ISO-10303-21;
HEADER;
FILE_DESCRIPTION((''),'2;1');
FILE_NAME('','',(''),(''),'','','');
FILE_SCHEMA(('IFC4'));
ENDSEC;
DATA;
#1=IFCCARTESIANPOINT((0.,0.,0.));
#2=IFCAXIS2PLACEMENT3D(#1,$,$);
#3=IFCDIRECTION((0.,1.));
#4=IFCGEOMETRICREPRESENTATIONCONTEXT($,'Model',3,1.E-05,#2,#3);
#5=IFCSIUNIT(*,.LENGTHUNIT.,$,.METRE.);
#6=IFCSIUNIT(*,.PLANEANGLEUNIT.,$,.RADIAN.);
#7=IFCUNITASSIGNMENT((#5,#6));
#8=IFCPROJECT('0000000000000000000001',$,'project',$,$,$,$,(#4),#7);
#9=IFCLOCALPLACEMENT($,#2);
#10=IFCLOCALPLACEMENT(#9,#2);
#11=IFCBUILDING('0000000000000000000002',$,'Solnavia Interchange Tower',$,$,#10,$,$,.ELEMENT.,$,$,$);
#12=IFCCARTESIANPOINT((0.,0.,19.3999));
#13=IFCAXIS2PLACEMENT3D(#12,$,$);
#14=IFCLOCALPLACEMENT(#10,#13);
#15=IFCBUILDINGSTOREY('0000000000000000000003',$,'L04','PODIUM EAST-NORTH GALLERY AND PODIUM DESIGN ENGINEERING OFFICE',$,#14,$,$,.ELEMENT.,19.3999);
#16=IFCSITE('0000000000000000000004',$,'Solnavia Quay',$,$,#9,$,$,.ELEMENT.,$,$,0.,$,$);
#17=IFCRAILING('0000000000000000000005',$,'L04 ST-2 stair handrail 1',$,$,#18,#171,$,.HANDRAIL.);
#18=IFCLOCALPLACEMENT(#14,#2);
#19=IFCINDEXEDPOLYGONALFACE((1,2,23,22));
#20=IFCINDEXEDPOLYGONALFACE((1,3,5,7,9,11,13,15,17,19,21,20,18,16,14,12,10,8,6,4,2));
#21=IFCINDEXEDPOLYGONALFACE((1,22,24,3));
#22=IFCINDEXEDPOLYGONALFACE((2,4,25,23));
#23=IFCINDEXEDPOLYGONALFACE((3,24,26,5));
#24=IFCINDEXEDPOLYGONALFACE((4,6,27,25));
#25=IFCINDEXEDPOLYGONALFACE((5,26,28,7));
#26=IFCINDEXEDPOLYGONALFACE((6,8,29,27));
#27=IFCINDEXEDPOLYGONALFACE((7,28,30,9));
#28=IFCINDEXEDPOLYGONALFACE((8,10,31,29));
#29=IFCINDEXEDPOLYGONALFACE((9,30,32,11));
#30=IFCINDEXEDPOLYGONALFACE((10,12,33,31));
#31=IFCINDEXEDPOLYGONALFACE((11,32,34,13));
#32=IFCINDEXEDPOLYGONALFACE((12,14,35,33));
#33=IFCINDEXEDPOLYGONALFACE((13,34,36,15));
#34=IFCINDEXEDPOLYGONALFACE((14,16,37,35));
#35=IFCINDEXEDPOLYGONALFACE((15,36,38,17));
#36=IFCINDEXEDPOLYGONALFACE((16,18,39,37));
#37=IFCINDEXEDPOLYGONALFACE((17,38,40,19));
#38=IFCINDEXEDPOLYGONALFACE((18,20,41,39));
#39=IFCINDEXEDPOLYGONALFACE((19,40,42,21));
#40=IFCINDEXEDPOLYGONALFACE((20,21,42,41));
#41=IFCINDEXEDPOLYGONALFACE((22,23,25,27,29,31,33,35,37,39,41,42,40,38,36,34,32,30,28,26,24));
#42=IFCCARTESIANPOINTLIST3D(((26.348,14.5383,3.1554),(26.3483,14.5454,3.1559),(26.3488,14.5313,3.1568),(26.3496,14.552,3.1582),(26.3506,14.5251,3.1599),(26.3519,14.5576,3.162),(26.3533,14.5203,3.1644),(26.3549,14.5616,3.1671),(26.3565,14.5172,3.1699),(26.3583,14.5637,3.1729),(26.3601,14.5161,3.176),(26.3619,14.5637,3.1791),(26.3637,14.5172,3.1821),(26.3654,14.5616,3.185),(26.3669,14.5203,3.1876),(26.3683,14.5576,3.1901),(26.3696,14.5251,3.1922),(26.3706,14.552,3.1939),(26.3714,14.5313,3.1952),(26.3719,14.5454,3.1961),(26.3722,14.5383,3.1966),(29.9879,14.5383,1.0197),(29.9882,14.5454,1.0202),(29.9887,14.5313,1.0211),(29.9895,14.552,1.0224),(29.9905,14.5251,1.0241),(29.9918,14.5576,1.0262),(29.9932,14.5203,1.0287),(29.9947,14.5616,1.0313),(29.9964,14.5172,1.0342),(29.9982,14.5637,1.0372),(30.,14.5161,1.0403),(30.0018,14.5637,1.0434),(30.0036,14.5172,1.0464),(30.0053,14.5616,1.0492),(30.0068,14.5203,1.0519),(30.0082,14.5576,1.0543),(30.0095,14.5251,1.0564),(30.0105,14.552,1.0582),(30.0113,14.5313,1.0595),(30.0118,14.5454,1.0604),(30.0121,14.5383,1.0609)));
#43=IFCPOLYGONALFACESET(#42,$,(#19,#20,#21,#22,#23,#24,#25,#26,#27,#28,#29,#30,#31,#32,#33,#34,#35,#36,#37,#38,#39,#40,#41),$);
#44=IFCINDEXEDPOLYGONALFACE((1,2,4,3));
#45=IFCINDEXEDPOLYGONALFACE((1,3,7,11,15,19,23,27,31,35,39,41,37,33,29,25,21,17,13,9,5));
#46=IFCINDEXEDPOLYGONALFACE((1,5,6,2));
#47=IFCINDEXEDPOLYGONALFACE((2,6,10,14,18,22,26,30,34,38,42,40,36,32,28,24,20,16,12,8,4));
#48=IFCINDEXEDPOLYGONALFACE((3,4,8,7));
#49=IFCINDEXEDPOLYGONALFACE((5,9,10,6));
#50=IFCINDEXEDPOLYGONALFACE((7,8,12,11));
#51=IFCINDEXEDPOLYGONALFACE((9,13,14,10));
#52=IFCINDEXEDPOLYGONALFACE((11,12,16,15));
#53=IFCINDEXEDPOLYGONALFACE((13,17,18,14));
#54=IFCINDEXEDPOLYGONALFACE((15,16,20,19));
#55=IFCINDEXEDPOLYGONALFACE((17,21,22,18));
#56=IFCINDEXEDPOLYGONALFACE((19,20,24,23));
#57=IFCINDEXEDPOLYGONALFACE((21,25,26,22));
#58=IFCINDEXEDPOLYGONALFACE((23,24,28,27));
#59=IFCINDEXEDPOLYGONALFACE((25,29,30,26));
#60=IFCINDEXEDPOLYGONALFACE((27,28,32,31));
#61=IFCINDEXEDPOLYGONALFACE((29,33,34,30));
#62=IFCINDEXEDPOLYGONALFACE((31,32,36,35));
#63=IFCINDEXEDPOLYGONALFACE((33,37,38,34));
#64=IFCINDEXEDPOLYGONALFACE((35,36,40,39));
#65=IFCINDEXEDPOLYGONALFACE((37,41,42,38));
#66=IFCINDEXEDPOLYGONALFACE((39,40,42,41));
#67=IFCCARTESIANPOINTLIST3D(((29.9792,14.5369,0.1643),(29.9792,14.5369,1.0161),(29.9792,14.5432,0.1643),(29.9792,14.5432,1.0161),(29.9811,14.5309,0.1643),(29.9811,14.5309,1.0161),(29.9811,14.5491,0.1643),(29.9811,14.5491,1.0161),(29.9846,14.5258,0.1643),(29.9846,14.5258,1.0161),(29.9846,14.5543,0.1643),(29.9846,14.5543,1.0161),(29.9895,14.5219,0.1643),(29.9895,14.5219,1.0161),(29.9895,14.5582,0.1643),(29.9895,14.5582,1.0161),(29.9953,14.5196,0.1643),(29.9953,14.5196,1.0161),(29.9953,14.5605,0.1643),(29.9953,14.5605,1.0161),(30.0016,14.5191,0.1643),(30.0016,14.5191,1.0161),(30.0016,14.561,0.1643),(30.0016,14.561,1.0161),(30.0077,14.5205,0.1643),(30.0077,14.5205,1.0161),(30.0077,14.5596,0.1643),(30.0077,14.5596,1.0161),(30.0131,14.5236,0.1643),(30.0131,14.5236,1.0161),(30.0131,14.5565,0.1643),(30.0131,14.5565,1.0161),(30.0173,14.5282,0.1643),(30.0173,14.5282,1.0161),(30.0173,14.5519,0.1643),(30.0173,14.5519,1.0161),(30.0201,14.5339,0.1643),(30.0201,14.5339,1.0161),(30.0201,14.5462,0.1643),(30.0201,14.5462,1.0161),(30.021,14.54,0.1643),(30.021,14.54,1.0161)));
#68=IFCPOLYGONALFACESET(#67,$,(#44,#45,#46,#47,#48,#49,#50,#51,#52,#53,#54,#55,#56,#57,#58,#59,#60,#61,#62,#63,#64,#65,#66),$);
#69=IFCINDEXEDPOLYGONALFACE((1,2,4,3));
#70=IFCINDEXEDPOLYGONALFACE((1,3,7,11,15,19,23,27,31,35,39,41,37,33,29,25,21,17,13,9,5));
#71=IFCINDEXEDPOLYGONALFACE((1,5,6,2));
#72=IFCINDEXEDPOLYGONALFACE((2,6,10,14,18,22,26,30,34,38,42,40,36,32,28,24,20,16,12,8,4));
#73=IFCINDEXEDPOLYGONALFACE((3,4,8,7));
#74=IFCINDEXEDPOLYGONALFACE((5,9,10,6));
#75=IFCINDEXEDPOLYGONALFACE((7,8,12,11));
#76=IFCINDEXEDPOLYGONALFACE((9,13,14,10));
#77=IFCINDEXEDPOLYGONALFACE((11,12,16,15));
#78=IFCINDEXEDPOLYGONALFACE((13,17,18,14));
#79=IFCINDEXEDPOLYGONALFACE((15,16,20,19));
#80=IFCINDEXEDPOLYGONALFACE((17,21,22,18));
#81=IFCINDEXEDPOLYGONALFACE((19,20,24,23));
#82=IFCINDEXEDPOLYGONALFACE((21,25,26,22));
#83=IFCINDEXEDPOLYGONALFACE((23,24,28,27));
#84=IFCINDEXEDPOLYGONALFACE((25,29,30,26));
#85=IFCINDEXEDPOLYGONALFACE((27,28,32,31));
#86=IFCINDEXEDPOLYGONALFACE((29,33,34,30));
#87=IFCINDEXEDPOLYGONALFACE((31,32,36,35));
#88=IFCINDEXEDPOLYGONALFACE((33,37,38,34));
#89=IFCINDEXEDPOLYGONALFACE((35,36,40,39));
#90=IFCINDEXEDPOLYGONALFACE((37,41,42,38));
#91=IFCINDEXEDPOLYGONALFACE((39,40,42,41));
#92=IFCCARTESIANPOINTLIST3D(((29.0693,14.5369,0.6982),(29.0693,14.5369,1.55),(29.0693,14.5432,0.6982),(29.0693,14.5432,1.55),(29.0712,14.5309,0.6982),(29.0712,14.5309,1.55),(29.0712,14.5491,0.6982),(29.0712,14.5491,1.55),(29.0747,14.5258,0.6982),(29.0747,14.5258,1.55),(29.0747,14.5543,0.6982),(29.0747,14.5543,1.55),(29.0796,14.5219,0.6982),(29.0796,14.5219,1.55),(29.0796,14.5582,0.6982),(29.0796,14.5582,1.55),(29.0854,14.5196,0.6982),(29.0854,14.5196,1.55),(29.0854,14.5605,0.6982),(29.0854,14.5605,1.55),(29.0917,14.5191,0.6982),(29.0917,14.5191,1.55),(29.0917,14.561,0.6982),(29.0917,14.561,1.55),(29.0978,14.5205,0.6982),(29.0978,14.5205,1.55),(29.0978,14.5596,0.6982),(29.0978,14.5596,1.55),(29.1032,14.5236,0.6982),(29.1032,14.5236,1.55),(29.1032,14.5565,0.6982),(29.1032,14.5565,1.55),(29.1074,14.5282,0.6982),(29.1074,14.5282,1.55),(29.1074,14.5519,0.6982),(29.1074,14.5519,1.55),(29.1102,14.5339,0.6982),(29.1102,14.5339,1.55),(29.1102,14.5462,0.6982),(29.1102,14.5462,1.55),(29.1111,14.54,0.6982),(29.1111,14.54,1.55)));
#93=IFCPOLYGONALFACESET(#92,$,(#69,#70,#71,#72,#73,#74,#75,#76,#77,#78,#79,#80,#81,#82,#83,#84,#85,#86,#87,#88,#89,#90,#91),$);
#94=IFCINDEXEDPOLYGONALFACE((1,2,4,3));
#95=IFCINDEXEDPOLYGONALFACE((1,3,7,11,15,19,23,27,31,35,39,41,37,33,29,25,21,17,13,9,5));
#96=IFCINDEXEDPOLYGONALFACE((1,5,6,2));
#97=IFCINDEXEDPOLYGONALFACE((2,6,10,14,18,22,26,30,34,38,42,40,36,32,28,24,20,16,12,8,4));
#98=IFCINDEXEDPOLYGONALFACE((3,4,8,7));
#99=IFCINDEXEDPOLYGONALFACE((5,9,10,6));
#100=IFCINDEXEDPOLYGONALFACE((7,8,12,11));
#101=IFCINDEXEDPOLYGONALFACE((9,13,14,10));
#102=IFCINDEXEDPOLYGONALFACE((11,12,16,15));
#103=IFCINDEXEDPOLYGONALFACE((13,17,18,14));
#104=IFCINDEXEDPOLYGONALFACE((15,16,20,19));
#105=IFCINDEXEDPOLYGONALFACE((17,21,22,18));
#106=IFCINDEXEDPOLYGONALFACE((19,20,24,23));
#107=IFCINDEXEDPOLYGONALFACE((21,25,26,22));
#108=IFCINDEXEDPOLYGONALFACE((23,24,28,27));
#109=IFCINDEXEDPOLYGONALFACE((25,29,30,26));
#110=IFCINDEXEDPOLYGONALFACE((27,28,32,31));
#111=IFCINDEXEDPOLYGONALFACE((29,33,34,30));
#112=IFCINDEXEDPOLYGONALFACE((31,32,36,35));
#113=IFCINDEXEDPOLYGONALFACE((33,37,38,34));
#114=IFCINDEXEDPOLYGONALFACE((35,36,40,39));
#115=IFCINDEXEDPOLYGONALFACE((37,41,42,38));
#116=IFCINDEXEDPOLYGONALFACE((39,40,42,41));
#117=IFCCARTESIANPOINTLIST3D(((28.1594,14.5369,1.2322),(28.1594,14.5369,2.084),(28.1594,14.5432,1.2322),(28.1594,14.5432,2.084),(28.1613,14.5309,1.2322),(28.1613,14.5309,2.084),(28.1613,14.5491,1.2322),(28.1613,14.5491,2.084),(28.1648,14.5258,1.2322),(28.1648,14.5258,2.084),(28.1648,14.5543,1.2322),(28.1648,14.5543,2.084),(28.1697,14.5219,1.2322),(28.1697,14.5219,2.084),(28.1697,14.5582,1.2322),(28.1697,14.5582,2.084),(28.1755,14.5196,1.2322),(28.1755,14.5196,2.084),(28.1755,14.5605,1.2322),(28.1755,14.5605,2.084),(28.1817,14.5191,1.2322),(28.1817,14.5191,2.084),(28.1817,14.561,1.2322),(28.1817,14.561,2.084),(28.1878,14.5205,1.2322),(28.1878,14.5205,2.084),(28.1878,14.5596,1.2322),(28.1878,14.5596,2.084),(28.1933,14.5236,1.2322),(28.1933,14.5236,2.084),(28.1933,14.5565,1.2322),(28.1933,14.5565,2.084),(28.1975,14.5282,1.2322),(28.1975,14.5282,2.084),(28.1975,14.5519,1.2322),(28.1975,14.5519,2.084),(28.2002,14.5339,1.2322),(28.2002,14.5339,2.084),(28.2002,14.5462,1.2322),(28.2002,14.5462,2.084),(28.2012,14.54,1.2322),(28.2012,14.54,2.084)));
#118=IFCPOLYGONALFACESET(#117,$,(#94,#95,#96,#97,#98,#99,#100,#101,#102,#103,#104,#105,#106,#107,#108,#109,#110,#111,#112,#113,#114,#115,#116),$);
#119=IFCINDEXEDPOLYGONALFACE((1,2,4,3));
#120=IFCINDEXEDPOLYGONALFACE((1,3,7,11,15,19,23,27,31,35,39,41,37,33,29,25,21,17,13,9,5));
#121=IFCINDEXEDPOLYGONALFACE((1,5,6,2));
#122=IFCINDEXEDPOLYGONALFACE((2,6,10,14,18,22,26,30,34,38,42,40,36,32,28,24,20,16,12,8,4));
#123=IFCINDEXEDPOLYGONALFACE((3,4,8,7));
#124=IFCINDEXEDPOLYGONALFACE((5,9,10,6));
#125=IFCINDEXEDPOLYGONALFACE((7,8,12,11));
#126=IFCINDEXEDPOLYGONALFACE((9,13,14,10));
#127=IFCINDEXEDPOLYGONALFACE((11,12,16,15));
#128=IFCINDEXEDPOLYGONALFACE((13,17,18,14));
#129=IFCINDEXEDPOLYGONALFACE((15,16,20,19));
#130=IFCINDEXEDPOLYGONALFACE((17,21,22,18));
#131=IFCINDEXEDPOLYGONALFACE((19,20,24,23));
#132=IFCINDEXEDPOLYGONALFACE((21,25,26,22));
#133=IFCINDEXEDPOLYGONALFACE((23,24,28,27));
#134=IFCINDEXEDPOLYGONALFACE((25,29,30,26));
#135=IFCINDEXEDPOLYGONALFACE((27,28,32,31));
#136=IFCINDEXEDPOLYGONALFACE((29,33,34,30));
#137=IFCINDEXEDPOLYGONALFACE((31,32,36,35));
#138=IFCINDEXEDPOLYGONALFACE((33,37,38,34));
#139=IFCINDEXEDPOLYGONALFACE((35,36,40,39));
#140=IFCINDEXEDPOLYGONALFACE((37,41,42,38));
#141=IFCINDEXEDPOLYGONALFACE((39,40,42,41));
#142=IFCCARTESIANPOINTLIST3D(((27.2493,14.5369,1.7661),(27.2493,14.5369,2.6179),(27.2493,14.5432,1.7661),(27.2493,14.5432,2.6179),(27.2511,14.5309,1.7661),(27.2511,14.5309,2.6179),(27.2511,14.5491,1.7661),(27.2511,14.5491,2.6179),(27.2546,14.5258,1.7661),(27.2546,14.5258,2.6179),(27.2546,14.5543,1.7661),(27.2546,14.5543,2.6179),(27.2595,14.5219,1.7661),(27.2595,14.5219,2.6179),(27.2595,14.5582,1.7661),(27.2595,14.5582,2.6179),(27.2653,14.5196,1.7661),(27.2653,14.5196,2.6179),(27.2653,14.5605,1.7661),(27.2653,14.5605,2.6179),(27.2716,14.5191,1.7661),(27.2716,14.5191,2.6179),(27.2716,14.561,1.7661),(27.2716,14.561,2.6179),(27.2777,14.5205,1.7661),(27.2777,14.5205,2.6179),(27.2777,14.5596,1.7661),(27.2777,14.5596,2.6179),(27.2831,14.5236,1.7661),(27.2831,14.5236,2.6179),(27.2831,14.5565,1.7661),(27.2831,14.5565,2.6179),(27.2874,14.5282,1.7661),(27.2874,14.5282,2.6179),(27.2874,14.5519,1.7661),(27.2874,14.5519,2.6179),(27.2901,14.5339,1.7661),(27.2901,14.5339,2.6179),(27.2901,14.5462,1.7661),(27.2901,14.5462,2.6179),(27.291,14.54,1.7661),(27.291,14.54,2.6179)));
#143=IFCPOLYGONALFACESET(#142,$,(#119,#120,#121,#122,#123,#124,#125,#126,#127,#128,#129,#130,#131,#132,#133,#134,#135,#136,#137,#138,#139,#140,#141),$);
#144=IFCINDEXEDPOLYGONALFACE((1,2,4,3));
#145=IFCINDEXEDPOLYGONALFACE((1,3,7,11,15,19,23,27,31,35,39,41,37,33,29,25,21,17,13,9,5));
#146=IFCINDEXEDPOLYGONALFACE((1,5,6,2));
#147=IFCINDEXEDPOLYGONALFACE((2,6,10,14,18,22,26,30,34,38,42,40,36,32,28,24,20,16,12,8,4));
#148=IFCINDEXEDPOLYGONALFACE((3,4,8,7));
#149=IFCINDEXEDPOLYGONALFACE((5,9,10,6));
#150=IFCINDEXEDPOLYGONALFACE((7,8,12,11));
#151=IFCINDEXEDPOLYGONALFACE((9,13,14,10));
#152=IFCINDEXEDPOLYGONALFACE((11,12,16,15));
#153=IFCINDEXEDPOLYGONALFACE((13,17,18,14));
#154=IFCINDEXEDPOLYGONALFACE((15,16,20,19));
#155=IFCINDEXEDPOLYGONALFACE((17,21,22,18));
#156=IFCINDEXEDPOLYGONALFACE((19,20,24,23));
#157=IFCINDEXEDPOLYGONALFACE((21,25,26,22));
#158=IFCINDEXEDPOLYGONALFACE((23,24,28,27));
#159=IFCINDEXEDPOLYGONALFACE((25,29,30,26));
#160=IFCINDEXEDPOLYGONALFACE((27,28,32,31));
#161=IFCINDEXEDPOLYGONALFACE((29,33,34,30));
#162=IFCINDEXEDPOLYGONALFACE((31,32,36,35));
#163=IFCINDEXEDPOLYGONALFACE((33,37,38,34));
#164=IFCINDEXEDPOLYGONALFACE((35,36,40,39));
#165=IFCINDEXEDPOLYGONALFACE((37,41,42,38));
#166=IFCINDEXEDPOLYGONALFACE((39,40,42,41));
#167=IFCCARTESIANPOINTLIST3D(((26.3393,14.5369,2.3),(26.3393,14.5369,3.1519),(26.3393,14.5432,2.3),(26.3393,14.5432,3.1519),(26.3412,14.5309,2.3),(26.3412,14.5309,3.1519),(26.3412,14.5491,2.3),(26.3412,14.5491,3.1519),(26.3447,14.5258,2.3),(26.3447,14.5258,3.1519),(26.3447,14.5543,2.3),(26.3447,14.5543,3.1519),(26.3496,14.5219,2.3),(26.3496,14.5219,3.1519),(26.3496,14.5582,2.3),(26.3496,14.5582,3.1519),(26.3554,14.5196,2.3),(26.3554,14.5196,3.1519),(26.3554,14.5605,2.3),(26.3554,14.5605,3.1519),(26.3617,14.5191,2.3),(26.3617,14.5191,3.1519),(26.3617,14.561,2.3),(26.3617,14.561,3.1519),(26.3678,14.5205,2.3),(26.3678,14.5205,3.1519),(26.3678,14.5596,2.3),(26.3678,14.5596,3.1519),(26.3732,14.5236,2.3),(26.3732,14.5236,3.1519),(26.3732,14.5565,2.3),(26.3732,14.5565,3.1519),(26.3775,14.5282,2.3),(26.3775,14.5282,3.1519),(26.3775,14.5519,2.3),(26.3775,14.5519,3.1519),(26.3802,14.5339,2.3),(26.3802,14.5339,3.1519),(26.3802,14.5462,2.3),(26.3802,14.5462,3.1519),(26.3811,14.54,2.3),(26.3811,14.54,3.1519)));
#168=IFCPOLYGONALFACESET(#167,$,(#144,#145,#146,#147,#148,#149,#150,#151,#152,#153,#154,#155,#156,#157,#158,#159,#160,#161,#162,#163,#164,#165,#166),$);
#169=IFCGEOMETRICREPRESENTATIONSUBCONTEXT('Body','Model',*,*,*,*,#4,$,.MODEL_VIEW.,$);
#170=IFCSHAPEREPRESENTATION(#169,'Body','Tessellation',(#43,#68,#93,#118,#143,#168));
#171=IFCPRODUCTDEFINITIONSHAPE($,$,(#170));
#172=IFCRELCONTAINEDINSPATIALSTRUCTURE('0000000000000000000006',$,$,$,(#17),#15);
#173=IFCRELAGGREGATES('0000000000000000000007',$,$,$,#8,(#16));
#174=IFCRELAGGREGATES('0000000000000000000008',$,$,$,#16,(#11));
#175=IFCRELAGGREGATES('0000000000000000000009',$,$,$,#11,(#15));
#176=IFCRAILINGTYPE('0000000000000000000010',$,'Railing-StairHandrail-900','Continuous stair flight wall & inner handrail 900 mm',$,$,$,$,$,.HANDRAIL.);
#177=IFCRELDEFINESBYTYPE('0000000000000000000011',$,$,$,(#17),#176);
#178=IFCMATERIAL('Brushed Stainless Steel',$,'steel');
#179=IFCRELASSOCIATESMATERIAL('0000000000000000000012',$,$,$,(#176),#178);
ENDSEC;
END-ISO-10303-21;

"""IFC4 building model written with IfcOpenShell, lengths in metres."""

from ifc_helpers import new_model, si_unit, direction, frame, origin, origin_2d, place, context, subcontext, project, spatial, circle, extrude, material, type_object, element, save


model = new_model("IFC4")

# Units and contexts
model_context = context("Model", 3, precision=1e-05, world=origin(), true_north=direction((0.0, 1.0)))
body_context = subcontext(model_context, "Body", "Model", "MODEL_VIEW")
ifc_project = project(units=[si_unit("LENGTHUNIT", "METRE"), si_unit("PLANEANGLEUNIT", "RADIAN")], contexts=[model_context])

# Site, building, storey
site_placement = place(None, origin())
site = spatial("IfcSite", under=ifc_project, at=site_placement, Name="Solnavia Quay", CompositionType="ELEMENT", RefElevation=0.0)
building_placement = place(site_placement, origin())
building = spatial("IfcBuilding", under=site, at=building_placement, Name="Solnavia Interchange Tower", CompositionType="ELEMENT")
storey_placement = place(building_placement, frame((0.0, 0.0, 19.3999)))
storey = spatial("IfcBuildingStorey", under=building, at=storey_placement, Name="L04", Description="PODIUM EAST-NORTH GALLERY AND PODIUM DESIGN ENGINEERING OFFICE", CompositionType="ELEMENT", Elevation=19.3999)

# Railing
ifc_material_1 = material(Name="Brushed Stainless Steel", Category="steel")
railing_type_1 = type_object("IfcRailingType", Name="Railing-StairHandrail-900", Description="Continuous stair flight wall & inner handrail 900 mm", PredefinedType="HANDRAIL", material=ifc_material_1)
railing_1_placement = place(storey_placement, frame((30.0, 14.54, 0.1643)))
element("IfcRailing", 1, at=railing_1_placement, inside=storey, type_object=railing_type_1, Name="L04 ST-2 stair handrail 1", PredefinedType="HANDRAIL", context=body_context, shape_type="SweptSolid", body=[
    extrude(circle(Radius=0.0239, at=origin_2d()), frame((0.0, 0.0, 0.876), z_axis=(-0.86249, 0.0, 0.506074), x_axis=(0.0, -1.0, 0.0)), (0.0, 0.0, 1.0), 4.2202),
    extrude(circle(Radius=0.021, at=origin_2d()), origin(), (0.0, 0.0, 1.0), 0.8518),
    extrude(circle(Radius=0.021, at=origin_2d()), frame((-0.9099, 0.0, 0.5339)), (0.0, 0.0, 1.0), 0.8518),
    extrude(circle(Radius=0.021, at=origin_2d()), frame((-1.8198, 0.0, 1.0679)), (0.0, 0.0, 1.0), 0.8518),
    extrude(circle(Radius=0.021, at=origin_2d()), frame((-2.73, 0.0, 1.6018)), (0.0, 0.0, 1.0), 0.8518),
    extrude(circle(Radius=0.021, at=origin_2d()), frame((-3.6399, 0.0, 2.1357)), (0.0, 0.0, 1.0), 0.8518),
])

save(model, "model.ifc")
